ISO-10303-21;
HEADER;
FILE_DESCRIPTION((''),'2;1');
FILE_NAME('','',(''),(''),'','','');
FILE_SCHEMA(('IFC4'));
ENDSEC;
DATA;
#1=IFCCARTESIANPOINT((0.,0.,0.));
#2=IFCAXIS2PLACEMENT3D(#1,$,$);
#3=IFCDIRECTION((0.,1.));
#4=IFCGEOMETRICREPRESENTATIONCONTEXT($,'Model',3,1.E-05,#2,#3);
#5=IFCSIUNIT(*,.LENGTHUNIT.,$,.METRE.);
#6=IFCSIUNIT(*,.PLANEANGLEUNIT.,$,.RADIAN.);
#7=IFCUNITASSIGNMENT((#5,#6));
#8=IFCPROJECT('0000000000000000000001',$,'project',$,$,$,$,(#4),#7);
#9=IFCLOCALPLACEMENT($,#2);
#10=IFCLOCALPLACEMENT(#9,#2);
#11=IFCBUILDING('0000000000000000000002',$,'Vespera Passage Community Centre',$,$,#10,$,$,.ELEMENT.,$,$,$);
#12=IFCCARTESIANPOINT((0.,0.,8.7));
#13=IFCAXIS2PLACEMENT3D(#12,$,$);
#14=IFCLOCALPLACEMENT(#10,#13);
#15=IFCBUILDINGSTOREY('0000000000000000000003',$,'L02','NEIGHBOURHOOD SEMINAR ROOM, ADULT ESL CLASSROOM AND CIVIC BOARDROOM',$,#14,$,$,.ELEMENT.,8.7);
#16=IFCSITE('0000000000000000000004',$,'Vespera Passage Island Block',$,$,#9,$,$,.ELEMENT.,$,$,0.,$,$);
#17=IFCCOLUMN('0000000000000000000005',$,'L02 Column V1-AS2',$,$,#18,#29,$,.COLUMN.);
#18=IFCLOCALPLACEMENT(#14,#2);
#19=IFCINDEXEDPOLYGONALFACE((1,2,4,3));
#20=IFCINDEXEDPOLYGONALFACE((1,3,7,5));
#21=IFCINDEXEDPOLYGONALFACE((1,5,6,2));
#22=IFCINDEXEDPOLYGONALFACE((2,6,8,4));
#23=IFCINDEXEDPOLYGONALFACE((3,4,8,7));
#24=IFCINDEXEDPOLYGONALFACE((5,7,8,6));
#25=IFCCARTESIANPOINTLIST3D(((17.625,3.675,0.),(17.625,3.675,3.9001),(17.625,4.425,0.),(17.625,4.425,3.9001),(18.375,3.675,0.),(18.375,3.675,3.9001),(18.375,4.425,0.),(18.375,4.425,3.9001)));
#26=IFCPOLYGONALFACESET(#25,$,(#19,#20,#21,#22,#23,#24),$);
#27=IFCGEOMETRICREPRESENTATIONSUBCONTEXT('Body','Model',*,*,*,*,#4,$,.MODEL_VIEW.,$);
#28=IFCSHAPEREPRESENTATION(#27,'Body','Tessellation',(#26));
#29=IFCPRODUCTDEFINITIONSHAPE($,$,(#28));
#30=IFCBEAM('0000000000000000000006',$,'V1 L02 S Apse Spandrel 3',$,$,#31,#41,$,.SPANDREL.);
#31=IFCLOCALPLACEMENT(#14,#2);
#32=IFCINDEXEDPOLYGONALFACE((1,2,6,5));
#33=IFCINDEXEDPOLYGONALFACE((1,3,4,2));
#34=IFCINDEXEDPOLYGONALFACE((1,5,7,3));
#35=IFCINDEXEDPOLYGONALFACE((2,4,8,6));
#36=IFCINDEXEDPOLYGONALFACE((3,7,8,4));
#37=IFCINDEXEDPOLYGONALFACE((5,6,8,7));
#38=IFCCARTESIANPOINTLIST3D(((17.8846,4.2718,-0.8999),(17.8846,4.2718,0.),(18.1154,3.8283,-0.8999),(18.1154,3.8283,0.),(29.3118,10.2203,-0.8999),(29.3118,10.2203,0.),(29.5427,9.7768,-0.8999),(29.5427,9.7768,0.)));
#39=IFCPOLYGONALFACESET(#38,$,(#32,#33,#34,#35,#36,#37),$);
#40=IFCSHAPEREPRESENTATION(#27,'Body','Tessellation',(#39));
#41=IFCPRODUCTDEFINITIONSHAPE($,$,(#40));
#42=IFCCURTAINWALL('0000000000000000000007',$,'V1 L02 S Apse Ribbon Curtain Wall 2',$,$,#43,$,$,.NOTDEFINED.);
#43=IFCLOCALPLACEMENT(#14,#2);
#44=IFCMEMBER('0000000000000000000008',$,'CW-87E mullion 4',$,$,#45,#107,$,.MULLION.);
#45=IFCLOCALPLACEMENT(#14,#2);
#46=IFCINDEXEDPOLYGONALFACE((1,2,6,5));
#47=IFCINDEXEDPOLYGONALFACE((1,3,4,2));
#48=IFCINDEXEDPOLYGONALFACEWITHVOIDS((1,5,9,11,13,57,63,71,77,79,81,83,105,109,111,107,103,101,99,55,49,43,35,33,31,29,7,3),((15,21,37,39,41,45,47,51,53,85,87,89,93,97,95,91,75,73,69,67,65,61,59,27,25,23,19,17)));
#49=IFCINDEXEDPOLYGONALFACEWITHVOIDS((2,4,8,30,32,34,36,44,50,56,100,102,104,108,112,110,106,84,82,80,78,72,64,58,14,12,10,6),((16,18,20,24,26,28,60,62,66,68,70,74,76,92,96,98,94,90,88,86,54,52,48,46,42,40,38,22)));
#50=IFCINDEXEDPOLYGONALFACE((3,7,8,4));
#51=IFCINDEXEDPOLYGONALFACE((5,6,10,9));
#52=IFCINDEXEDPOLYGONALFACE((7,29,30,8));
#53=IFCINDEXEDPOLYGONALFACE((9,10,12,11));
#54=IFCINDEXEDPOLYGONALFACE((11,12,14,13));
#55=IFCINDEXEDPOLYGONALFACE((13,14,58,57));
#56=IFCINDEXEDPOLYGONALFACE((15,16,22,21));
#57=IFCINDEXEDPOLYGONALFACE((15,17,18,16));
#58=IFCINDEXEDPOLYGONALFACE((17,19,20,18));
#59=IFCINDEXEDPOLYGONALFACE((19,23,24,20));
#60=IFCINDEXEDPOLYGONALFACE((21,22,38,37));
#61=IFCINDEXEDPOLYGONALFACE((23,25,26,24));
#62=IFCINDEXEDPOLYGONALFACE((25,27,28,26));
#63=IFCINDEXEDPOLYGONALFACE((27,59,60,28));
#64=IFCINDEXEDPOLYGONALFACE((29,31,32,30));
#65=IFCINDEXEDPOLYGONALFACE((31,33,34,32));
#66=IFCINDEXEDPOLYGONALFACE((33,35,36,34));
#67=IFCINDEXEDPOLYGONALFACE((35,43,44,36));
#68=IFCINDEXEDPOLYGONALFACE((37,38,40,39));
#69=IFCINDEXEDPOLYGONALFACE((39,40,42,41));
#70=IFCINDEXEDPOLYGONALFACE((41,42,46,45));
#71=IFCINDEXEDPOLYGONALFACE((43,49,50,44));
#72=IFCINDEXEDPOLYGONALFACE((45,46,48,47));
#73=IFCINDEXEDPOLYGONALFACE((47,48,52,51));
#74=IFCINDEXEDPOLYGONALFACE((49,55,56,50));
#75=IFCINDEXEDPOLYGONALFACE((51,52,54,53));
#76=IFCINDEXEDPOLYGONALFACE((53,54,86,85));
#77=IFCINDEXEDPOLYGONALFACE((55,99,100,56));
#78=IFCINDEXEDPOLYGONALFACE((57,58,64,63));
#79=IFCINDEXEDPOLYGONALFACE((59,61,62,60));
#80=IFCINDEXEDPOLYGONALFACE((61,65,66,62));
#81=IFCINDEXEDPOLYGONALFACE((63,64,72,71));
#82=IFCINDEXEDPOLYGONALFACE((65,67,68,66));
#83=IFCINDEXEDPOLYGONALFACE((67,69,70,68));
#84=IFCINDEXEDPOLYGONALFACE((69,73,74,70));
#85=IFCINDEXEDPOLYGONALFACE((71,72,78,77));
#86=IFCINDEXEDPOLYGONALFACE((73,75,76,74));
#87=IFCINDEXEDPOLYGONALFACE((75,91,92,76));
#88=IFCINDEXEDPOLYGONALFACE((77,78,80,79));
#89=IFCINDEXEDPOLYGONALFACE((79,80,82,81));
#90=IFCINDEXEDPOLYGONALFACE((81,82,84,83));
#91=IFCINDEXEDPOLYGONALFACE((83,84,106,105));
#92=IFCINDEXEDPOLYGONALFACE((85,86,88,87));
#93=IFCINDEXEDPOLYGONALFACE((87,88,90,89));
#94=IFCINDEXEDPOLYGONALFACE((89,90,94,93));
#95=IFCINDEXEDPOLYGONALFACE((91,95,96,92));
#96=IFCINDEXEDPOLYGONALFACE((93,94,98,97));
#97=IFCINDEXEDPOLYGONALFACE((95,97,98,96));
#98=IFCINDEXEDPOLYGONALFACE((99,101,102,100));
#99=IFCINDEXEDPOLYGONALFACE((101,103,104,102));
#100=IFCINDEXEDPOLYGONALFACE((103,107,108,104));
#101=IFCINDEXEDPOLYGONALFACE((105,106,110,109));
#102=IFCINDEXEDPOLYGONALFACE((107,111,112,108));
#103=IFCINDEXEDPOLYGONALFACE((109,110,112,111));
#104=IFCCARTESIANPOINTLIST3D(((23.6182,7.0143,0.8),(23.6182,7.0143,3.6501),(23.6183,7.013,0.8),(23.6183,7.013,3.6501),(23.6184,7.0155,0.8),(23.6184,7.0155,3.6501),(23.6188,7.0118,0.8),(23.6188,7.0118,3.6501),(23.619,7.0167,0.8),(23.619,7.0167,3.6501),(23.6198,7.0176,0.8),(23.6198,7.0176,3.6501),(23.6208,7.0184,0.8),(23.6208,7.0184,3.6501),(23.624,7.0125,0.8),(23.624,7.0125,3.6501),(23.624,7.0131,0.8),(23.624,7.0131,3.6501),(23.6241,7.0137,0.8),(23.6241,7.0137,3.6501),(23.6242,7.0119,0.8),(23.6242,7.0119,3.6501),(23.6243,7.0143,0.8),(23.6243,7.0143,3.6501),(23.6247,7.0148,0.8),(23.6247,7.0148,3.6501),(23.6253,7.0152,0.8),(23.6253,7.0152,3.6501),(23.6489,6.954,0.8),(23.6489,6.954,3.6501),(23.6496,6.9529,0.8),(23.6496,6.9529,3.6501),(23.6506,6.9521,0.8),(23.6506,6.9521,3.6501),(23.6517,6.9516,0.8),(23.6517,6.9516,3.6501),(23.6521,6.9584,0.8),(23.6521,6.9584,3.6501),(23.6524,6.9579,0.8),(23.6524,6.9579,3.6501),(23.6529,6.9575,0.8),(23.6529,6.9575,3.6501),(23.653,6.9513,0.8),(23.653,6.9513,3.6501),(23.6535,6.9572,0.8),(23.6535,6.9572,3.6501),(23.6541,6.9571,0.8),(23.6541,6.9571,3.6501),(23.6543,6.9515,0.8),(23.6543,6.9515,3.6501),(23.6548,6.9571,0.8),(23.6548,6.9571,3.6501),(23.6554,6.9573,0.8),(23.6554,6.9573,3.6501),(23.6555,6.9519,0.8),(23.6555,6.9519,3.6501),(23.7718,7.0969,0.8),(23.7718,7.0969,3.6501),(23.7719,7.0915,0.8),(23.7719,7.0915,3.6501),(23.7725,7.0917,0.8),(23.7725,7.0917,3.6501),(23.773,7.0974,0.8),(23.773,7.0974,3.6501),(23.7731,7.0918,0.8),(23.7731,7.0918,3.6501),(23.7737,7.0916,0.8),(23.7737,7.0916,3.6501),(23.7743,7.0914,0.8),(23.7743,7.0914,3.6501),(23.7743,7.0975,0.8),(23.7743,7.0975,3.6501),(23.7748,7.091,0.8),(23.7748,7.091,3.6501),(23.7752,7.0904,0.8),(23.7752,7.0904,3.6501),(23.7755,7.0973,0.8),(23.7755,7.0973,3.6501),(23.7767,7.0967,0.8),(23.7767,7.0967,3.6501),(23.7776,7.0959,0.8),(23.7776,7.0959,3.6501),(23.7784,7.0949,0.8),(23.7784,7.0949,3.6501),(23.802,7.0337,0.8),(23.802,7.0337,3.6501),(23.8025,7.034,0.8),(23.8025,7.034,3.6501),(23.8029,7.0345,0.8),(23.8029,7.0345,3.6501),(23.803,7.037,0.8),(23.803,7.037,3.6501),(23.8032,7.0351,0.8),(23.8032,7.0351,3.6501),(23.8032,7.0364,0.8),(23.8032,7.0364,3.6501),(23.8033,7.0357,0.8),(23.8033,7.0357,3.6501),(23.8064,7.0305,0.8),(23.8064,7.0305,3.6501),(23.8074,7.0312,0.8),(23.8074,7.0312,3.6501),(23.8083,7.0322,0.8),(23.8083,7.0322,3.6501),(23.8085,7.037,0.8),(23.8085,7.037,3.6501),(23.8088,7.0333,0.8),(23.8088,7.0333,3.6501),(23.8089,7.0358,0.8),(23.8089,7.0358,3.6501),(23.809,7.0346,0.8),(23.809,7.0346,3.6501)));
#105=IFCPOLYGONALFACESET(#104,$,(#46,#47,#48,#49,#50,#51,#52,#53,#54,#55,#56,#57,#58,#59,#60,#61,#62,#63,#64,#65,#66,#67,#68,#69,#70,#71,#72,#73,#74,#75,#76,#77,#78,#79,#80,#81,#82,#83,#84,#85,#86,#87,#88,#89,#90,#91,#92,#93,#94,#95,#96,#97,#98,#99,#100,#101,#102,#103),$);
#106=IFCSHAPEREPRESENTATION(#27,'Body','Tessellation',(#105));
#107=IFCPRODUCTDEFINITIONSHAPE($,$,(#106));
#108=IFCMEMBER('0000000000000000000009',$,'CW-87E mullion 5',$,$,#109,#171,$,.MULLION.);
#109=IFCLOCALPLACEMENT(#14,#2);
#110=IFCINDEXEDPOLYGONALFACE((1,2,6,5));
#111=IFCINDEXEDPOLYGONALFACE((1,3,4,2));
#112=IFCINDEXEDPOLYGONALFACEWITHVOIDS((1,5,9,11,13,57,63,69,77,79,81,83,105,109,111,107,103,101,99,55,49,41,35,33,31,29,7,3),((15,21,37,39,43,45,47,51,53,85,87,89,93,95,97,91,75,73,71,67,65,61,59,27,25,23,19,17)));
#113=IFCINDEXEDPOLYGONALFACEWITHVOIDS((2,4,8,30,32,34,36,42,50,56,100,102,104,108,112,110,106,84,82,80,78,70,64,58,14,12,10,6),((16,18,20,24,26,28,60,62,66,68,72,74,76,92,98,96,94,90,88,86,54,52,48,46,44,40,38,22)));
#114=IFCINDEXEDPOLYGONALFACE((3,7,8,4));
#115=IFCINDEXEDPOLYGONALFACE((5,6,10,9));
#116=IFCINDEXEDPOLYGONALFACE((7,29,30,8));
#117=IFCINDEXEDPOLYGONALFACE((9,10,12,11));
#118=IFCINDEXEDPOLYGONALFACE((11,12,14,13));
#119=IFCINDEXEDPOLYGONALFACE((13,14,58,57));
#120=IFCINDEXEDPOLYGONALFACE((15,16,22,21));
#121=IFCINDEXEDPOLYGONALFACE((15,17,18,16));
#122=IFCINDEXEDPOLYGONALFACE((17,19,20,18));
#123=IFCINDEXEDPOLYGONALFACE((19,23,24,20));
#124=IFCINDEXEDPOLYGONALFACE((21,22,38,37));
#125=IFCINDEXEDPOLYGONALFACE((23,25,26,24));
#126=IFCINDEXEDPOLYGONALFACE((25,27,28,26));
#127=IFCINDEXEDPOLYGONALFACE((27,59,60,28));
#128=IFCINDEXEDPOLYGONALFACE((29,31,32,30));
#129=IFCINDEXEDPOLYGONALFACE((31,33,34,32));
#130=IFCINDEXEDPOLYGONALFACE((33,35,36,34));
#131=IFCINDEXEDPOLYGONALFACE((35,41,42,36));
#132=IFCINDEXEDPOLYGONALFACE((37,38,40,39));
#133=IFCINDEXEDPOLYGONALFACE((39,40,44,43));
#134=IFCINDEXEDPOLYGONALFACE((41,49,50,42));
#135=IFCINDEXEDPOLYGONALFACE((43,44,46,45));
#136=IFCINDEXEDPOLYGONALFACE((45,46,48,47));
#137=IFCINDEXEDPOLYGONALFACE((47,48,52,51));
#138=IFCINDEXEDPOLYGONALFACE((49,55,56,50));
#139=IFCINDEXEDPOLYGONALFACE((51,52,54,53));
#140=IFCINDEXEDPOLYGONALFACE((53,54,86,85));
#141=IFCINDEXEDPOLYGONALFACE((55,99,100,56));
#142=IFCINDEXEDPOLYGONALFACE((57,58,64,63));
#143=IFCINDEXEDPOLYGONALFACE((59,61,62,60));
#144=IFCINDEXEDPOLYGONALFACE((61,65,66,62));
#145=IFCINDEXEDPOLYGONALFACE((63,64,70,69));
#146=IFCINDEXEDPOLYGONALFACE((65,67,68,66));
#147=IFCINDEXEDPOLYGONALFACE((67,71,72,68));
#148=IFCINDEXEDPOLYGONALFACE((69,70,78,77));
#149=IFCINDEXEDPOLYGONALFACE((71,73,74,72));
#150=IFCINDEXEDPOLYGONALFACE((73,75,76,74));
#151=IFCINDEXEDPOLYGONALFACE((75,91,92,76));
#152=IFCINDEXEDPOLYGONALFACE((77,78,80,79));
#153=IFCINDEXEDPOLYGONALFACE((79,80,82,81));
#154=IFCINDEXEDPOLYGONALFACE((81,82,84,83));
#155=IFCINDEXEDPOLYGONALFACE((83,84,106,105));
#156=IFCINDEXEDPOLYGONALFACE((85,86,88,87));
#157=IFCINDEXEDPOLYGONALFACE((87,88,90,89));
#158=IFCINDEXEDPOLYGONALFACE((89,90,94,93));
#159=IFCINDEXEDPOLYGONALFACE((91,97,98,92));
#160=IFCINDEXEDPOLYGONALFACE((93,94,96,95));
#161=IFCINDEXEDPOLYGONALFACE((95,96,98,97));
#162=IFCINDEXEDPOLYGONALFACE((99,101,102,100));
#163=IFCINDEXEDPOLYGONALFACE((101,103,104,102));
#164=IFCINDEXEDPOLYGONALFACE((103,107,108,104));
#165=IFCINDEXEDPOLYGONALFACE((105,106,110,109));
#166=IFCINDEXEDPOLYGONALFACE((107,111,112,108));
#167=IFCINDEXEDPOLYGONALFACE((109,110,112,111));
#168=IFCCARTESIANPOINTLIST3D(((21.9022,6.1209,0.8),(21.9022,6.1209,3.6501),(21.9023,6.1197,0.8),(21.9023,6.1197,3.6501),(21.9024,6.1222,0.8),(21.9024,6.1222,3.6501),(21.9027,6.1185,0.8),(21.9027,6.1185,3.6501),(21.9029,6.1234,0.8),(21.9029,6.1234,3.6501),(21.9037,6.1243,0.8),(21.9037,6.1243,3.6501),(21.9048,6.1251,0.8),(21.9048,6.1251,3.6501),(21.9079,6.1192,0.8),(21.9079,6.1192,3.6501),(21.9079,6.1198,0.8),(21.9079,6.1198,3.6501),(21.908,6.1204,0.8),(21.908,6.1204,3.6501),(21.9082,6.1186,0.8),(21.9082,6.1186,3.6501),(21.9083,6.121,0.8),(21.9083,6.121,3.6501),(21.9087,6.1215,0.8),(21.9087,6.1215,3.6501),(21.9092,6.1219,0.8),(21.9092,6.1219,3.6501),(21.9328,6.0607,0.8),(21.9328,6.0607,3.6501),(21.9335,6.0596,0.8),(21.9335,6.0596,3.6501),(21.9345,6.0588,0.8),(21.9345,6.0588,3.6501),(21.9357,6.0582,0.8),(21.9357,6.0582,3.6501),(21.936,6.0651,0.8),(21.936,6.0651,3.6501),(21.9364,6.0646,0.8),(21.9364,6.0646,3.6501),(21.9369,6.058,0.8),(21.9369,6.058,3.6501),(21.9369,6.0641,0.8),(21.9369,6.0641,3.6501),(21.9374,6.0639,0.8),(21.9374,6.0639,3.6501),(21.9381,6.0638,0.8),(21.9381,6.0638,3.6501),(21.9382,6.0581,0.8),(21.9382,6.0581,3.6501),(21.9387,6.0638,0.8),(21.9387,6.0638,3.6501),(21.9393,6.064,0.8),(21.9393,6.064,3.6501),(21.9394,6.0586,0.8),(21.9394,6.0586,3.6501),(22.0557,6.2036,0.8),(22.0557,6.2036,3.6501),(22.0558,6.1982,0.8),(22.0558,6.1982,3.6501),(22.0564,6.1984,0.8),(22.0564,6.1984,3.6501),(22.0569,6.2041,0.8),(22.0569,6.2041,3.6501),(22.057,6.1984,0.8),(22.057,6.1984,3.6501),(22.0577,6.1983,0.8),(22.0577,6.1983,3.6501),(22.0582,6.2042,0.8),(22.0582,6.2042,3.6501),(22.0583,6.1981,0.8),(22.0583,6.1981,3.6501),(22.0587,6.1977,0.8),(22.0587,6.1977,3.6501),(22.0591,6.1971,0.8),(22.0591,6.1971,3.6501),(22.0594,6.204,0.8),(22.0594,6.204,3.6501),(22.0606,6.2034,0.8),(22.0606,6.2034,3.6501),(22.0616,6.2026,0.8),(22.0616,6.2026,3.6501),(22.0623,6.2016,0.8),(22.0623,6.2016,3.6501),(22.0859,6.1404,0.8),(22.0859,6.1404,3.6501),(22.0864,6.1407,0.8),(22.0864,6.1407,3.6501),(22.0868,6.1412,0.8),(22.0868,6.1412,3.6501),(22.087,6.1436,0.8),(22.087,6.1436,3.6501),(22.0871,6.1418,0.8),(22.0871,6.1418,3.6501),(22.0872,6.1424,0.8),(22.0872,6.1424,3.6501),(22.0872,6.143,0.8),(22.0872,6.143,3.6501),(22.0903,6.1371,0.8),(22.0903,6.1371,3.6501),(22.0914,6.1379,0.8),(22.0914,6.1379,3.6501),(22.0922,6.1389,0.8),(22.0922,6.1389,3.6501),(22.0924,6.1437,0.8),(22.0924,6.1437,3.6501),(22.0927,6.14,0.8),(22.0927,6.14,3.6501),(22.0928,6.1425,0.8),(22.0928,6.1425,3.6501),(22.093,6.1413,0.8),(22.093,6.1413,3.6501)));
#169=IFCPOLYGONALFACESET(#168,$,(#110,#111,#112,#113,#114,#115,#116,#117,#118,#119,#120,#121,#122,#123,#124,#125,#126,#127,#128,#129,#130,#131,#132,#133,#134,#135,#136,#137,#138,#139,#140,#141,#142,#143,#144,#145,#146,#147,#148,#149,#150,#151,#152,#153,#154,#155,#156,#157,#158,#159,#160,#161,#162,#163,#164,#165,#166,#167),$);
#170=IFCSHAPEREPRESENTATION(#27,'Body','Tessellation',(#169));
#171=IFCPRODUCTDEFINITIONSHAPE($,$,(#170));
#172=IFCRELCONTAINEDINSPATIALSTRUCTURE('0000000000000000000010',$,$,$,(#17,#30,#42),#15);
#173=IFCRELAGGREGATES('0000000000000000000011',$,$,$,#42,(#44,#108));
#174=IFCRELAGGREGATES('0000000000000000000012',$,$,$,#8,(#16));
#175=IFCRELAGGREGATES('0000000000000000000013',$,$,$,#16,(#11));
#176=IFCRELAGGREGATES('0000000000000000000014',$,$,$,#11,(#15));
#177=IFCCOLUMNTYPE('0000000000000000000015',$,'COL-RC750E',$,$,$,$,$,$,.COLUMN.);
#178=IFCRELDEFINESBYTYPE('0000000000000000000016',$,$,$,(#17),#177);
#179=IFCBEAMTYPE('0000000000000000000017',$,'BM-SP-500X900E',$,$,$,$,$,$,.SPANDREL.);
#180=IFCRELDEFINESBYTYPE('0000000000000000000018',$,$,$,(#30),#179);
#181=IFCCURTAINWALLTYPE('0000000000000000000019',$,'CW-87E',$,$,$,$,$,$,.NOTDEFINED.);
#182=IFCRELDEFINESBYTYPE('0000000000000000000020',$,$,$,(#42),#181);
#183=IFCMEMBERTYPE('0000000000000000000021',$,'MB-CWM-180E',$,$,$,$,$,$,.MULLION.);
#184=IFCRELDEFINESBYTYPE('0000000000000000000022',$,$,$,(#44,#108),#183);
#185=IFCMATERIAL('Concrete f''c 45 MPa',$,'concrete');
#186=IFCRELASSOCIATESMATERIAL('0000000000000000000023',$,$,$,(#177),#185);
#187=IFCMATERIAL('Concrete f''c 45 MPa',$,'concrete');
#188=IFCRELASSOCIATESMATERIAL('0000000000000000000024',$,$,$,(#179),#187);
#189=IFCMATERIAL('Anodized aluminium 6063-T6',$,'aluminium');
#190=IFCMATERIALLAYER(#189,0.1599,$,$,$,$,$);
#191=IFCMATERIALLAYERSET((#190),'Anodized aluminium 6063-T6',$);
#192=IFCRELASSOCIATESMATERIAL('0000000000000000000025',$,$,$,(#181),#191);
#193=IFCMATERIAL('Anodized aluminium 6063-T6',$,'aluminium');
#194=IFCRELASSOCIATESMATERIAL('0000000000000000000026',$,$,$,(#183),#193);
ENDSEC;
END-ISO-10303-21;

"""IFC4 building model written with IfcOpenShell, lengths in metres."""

from ifc_helpers import new_model, si_unit, direction, frame, origin, origin_2d, place, context, subcontext, project, spatial, rectangle, hollow_rectangle, extrude, material, layer, layer_set, material_profile, profile_set, type_object, element, aggregate, save


model = new_model("IFC4")

# Units and contexts
model_context = context("Model", 3, precision=1e-05, world=origin(), true_north=direction((0.0, 1.0)))
body_context = subcontext(model_context, "Body", "Model", "MODEL_VIEW")
ifc_project = project(units=[si_unit("LENGTHUNIT", "METRE"), si_unit("PLANEANGLEUNIT", "RADIAN")], contexts=[model_context])

# Site, building, storey
site_placement = place(None, origin())
site = spatial("IfcSite", under=ifc_project, at=site_placement, Name="Vespera Passage Island Block", CompositionType="ELEMENT", RefElevation=0.0)
building_placement = place(site_placement, origin())
building = spatial("IfcBuilding", under=site, at=building_placement, Name="Vespera Passage Community Centre", CompositionType="ELEMENT")
storey_placement = place(building_placement, frame((0.0, 0.0, 8.7)))
storey = spatial("IfcBuildingStorey", under=building, at=storey_placement, Name="L02", Description="NEIGHBOURHOOD SEMINAR ROOM, ADULT ESL CLASSROOM AND CIVIC BOARDROOM", CompositionType="ELEMENT", Elevation=8.7)

# Column
ifc_material_1 = material(Name="Concrete f'c 45 MPa", Category="concrete")
ifc_material_profile_1 = material_profile(ifc_material_1, rectangle(XDim=0.75, YDim=0.75, at=origin_2d()), Name="RC750X750")
ifc_profile_set_1 = profile_set([ifc_material_profile_1], Name="Concrete f'c 45 MPa")
column_type = type_object("IfcColumnType", Name="COL-RC750E", PredefinedType="COLUMN", material=ifc_profile_set_1)
column_placement = place(storey_placement, frame((18.0, 4.05, 0.0), z_axis=(0.0, 0.0, 1.0), x_axis=(1.0, 0.0, 0.0)))
element("IfcColumn", 1, at=column_placement, inside=storey, type_object=column_type, Name="L02 Column V1-AS2", PredefinedType="COLUMN", context=body_context, shape_type="SweptSolid", body=[
    extrude(rectangle(XDim=0.75, YDim=0.75, at=origin_2d()), origin(), (0.0, 0.0, 1.0), 3.9001),
])

# Beam
ifc_material_2 = material(Name="Concrete f'c 45 MPa", Category="concrete")
ifc_material_profile_2 = material_profile(ifc_material_2, rectangle(XDim=0.5, YDim=0.8999, at=origin_2d()), Name="RC500X900")
ifc_profile_set_2 = profile_set([ifc_material_profile_2], Name="Concrete f'c 45 MPa")
beam_type = type_object("IfcBeamType", Name="BM-SP-500X900E", PredefinedType="SPANDREL", material=ifc_profile_set_2)
beam_placement = place(storey_placement, frame((18.0, 4.05, -0.45), z_axis=(0.887016, 0.461739, 0.0), x_axis=(-0.461739, 0.887016, 0.0)))
element("IfcBeam", 2, at=beam_placement, inside=storey, type_object=beam_type, Name="V1 L02 S Apse Spandrel 3", PredefinedType="SPANDREL", context=body_context, shape_type="SweptSolid", body=[
    extrude(rectangle(XDim=0.5, YDim=0.8999, at=origin_2d()), origin(), (0.0, 0.0, 1.0), 12.8828),
])

# Curtain wall, members
ifc_material_3 = material(Name="Anodized aluminium 6063-T6", Category="aluminium")
ifc_layer_1 = layer(ifc_material_3, 0.1599)
ifc_layer_set_1 = layer_set([ifc_layer_1], Name="Anodized aluminium 6063-T6")
curtain_wall_type = type_object("IfcCurtainWallType", Name="CW-87E", PredefinedType="NOTDEFINED", material=ifc_layer_set_1)
curtain_wall_1_placement = place(storey_placement, origin())
curtain_wall_1 = element("IfcCurtainWall", 3, at=curtain_wall_1_placement, inside=storey, type_object=curtain_wall_type, Name="V1 L02 S Apse Ribbon Curtain Wall 2", PredefinedType="NOTDEFINED")
ifc_material_4 = material(Name="Anodized aluminium 6063-T6", Category="aluminium")
ifc_material_profile_3 = material_profile(ifc_material_4, hollow_rectangle(XDim=0.075, YDim=0.1799, WallThickness=0.0049, InnerFilletRadius=0.0024, OuterFilletRadius=0.0049, at=origin_2d()), Name="ALU180X75X5")
ifc_profile_set_3 = profile_set([ifc_material_profile_3], Name="Anodized aluminium 6063-T6")
member_type_1 = type_object("IfcMemberType", Name="MB-CWM-180E", PredefinedType="MULLION", material=ifc_profile_set_3)
member_1_placement = place(storey_placement, frame((23.7136, 7.0244, 0.8), z_axis=(0.0, 0.0, 1.0), x_axis=(0.461745, -0.887013, 0.0)))
member_1 = element("IfcMember", 4, at=member_1_placement, type_object=member_type_1, Name="CW-87E mullion 4", PredefinedType="MULLION", context=body_context, shape_type="SweptSolid", body=[
    extrude(hollow_rectangle(XDim=0.075, YDim=0.1799, WallThickness=0.0049, InnerFilletRadius=0.0024, OuterFilletRadius=0.0049, at=origin_2d()), origin(), (0.0, 0.0, 1.0), 2.8501),
])
member_2_placement = place(storey_placement, frame((21.9976, 6.1311, 0.8), z_axis=(0.0, 0.0, 1.0), x_axis=(0.461745, -0.887013, 0.0)))
member_2 = element("IfcMember", 5, at=member_2_placement, type_object=member_type_1, Name="CW-87E mullion 5", PredefinedType="MULLION", context=body_context, shape_type="SweptSolid", body=[
    extrude(hollow_rectangle(XDim=0.075, YDim=0.1799, WallThickness=0.0049, InnerFilletRadius=0.0024, OuterFilletRadius=0.0049, at=origin_2d()), origin(), (0.0, 0.0, 1.0), 2.8501),
])

aggregate(curtain_wall_1, [member_1, member_2])

save(model, "model.ifc")
